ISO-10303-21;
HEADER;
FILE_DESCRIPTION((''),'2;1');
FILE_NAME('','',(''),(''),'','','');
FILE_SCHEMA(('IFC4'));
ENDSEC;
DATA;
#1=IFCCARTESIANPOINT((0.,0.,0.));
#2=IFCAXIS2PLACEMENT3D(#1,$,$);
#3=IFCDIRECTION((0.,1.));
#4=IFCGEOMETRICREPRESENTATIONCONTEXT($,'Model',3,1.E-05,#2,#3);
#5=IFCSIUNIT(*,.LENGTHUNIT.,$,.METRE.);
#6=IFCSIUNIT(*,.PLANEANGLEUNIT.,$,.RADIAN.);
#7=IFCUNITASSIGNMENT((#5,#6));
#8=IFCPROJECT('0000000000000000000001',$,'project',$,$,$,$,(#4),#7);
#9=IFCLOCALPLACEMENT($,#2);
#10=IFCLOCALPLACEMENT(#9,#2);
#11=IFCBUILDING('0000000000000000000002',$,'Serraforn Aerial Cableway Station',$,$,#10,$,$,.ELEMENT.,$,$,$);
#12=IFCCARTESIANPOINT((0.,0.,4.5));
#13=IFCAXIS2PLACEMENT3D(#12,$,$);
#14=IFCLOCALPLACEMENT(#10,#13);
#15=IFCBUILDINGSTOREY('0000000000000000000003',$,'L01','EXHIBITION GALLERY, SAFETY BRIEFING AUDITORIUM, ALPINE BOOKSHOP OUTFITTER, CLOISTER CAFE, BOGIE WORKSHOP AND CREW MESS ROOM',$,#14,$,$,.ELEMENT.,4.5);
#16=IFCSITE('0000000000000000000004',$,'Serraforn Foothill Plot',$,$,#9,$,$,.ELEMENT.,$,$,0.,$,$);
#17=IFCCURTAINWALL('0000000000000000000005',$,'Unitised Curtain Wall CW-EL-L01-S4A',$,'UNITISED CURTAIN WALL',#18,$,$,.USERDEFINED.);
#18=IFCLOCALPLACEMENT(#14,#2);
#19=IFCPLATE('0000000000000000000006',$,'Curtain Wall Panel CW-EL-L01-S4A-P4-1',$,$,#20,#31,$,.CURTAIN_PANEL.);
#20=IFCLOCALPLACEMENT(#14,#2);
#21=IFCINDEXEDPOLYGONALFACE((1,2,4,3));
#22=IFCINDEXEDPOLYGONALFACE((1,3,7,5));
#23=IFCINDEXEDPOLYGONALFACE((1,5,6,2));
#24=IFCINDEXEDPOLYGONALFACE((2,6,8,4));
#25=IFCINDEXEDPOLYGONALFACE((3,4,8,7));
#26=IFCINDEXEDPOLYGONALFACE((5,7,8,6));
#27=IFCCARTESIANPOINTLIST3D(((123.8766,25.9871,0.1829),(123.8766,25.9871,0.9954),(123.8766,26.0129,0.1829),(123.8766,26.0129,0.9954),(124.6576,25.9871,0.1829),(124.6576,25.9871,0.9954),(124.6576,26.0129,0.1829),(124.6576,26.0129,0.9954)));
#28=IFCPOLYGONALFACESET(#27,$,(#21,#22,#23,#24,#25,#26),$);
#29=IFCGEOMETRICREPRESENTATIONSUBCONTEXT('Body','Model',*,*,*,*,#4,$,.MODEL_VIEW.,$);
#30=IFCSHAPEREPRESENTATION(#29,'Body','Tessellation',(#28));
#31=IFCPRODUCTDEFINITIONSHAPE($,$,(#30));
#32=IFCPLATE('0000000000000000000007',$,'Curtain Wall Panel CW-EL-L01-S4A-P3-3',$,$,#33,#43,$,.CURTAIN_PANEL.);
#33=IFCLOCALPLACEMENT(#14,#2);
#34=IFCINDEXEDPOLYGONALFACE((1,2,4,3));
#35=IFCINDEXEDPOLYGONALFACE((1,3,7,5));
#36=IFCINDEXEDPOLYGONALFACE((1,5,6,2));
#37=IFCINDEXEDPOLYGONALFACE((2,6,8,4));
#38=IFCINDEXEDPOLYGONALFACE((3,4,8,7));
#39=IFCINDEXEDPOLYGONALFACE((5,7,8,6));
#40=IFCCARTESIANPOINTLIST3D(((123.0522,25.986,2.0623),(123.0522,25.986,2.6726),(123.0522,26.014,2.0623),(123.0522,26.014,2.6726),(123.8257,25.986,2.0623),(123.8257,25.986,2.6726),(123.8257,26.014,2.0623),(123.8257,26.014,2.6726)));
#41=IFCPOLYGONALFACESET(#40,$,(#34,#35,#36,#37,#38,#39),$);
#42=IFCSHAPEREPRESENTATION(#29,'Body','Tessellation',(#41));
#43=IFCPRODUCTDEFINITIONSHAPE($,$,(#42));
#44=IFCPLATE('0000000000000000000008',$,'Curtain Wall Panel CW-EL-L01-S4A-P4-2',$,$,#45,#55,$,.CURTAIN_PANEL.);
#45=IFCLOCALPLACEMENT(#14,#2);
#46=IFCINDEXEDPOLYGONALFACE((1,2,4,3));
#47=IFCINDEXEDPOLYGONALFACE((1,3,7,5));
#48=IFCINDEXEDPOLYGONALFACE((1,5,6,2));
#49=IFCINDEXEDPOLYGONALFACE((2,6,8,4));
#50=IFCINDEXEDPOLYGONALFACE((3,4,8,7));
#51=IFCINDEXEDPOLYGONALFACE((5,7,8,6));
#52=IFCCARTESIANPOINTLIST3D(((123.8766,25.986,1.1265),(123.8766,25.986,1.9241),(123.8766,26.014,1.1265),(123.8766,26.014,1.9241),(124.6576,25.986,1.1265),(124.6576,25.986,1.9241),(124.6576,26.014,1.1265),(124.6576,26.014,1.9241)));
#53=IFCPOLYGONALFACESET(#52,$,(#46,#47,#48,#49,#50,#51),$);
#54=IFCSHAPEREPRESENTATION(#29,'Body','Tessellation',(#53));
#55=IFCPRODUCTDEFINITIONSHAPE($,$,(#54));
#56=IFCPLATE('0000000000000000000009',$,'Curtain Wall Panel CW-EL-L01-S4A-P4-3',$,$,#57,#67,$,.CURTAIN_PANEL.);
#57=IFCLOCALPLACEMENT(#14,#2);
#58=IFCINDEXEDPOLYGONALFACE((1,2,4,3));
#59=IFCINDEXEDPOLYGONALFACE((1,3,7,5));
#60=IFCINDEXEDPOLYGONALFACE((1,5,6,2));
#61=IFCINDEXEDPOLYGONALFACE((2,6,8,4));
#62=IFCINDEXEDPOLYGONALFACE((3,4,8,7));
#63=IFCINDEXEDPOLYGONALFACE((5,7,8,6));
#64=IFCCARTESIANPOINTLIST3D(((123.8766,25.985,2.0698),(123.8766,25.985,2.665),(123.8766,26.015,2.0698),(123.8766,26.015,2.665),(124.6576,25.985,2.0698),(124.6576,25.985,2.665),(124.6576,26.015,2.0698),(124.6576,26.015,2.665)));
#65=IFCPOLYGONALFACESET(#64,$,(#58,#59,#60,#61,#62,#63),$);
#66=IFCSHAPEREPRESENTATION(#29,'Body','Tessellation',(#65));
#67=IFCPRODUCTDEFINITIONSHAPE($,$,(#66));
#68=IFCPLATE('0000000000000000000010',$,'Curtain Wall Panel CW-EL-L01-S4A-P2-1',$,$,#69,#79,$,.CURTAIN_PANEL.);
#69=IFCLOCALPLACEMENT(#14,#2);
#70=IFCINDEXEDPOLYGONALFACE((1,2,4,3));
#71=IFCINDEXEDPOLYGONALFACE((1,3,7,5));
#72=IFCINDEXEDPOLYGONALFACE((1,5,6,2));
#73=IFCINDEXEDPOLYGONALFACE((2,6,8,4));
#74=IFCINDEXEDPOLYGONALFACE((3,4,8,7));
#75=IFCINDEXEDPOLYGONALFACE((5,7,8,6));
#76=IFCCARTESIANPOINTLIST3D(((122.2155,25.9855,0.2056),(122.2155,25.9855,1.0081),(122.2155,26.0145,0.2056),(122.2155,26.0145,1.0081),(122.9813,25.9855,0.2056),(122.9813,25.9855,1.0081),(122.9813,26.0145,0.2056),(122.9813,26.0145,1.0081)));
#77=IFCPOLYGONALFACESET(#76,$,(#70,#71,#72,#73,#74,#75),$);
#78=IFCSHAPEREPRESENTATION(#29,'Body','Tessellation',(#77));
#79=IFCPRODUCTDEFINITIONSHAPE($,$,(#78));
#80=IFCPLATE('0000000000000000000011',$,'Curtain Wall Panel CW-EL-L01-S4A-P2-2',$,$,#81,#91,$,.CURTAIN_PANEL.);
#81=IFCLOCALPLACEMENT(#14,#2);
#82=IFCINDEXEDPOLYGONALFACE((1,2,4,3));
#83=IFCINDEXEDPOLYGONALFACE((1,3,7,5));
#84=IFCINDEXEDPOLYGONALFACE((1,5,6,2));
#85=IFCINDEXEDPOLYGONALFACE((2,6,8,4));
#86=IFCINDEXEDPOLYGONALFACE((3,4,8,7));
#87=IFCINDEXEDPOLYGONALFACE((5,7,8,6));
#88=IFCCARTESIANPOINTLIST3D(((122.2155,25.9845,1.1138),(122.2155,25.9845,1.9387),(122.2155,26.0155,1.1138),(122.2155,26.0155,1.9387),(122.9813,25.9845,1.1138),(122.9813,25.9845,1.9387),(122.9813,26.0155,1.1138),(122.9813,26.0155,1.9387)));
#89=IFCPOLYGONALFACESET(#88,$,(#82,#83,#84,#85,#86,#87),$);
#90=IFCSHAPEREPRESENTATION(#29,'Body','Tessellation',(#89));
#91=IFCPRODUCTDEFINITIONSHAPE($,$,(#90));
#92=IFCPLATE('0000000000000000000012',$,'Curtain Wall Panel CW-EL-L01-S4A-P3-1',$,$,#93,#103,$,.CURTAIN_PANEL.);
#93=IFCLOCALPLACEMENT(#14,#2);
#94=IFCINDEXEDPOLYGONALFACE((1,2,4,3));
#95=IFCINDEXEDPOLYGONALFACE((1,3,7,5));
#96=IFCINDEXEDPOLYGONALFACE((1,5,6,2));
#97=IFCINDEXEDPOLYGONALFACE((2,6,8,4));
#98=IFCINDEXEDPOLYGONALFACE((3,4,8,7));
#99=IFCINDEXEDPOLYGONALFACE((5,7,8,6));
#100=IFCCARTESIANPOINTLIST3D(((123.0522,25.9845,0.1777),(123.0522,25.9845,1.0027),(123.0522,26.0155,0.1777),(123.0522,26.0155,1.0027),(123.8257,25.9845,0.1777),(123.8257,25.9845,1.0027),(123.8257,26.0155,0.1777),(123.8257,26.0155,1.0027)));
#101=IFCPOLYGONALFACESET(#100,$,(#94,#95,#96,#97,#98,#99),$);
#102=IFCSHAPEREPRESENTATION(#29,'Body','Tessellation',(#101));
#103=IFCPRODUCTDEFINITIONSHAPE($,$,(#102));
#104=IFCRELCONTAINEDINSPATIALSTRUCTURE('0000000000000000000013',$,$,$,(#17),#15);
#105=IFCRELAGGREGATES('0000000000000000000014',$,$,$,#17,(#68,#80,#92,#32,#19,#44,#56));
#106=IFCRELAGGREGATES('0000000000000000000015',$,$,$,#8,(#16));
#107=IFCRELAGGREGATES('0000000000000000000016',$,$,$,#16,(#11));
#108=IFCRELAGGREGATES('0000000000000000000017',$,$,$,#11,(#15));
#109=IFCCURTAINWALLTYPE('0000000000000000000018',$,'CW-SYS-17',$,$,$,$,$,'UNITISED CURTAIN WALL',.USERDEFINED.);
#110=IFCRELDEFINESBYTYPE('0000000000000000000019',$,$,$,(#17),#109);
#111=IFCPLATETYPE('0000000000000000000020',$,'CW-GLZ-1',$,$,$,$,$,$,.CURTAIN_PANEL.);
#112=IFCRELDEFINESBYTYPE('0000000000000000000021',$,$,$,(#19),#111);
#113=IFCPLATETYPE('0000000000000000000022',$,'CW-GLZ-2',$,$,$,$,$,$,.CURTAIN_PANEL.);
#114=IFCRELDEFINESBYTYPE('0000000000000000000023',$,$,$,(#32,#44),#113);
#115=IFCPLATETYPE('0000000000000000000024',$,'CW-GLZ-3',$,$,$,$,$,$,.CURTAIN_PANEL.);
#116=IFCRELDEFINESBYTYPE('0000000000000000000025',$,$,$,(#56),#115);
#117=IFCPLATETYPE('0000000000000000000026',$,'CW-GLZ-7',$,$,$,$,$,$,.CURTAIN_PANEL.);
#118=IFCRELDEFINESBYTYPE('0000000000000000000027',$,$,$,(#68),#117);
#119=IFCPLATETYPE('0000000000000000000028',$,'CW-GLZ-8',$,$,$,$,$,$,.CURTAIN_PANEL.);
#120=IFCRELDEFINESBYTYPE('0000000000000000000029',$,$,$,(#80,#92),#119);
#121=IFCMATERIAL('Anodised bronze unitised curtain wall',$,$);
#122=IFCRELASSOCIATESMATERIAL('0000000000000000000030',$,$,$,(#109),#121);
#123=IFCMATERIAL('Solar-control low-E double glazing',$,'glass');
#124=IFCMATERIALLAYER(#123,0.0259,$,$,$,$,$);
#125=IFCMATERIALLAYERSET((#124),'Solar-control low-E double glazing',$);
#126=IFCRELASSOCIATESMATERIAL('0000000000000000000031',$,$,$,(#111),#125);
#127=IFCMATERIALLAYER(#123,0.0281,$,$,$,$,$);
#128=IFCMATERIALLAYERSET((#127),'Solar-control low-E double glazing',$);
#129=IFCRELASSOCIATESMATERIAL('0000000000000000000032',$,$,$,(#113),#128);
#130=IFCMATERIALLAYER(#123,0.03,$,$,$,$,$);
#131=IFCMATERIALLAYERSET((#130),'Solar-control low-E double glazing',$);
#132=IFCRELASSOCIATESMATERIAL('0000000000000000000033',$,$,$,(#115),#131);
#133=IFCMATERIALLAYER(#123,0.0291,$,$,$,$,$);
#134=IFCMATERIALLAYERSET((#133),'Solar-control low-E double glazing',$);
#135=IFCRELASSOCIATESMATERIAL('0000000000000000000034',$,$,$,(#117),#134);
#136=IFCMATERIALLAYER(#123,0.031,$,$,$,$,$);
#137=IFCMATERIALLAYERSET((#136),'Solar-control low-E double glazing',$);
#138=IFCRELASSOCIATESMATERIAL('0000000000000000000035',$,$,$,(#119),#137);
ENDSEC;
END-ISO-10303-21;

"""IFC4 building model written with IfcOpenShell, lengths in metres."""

from ifc_helpers import new_model, si_unit, direction, frame, origin, origin_2d, place, context, subcontext, project, spatial, rectangle, extrude, material, layer, layer_set, type_object, element, aggregate, save


model = new_model("IFC4")

# Units and contexts
model_context = context("Model", 3, precision=1e-05, world=origin(), true_north=direction((0.0, 1.0)))
body_context = subcontext(model_context, "Body", "Model", "MODEL_VIEW")
ifc_project = project(units=[si_unit("LENGTHUNIT", "METRE"), si_unit("PLANEANGLEUNIT", "RADIAN")], contexts=[model_context])

# Site, building, storey
site_placement = place(None, origin())
site = spatial("IfcSite", under=ifc_project, at=site_placement, Name="Serraforn Foothill Plot", CompositionType="ELEMENT", RefElevation=0.0)
building_placement = place(site_placement, origin())
building = spatial("IfcBuilding", under=site, at=building_placement, Name="Serraforn Aerial Cableway Station", CompositionType="ELEMENT")
storey_placement = place(building_placement, frame((0.0, 0.0, 4.5)))
storey = spatial("IfcBuildingStorey", under=building, at=storey_placement, Name="L01", Description="EXHIBITION GALLERY, SAFETY BRIEFING AUDITORIUM, ALPINE BOOKSHOP OUTFITTER, CLOISTER CAFE, BOGIE WORKSHOP AND CREW MESS ROOM", CompositionType="ELEMENT", Elevation=4.5)

# Curtain wall, plates
ifc_material_1 = material(Name="Anodised bronze unitised curtain wall")
curtain_wall_type = type_object("IfcCurtainWallType", Name="CW-SYS-17", ElementType="UNITISED CURTAIN WALL", PredefinedType="USERDEFINED", material=ifc_material_1)
curtain_wall_placement = place(storey_placement, origin())
curtain_wall = element("IfcCurtainWall", 1, at=curtain_wall_placement, inside=storey, type_object=curtain_wall_type, Name="Unitised Curtain Wall CW-EL-L01-S4A", ObjectType="UNITISED CURTAIN WALL", PredefinedType="USERDEFINED")
ifc_material_2 = material(Name="Solar-control low-E double glazing", Category="glass")
ifc_layer_1 = layer(ifc_material_2, 0.0259)
ifc_layer_set_1 = layer_set([ifc_layer_1], Name="Solar-control low-E double glazing")
plate_type_1 = type_object("IfcPlateType", Name="CW-GLZ-1", PredefinedType="CURTAIN_PANEL", material=ifc_layer_set_1)
plate_1_placement = place(storey_placement, frame((124.2671, 26.0, 0.1829), z_axis=(0.0, 0.0, 1.0), x_axis=(1.0, 0.0, 0.0)))
plate_1 = element("IfcPlate", 2, at=plate_1_placement, type_object=plate_type_1, Name="Curtain Wall Panel CW-EL-L01-S4A-P4-1", PredefinedType="CURTAIN_PANEL", context=body_context, shape_type="SweptSolid", body=[
    extrude(rectangle(XDim=0.781, YDim=0.0259, at=origin_2d()), origin(), (0.0, 0.0, 1.0), 0.8125),
])
ifc_layer_2 = layer(ifc_material_2, 0.0281)
ifc_layer_set_2 = layer_set([ifc_layer_2], Name="Solar-control low-E double glazing")
plate_type_2 = type_object("IfcPlateType", Name="CW-GLZ-2", PredefinedType="CURTAIN_PANEL", material=ifc_layer_set_2)
plate_2_placement = place(storey_placement, frame((123.439, 26.0, 2.0623), z_axis=(0.0, 0.0, 1.0), x_axis=(1.0, 0.0, 0.0)))
plate_2 = element("IfcPlate", 3, at=plate_2_placement, type_object=plate_type_2, Name="Curtain Wall Panel CW-EL-L01-S4A-P3-3", PredefinedType="CURTAIN_PANEL", context=body_context, shape_type="SweptSolid", body=[
    extrude(rectangle(XDim=0.7734, YDim=0.0281, at=origin_2d()), origin(), (0.0, 0.0, 1.0), 0.6104),
])
plate_3_placement = place(storey_placement, frame((124.2671, 26.0, 1.1265), z_axis=(0.0, 0.0, 1.0), x_axis=(1.0, 0.0, 0.0)))
plate_3 = element("IfcPlate", 4, at=plate_3_placement, type_object=plate_type_2, Name="Curtain Wall Panel CW-EL-L01-S4A-P4-2", PredefinedType="CURTAIN_PANEL", context=body_context, shape_type="SweptSolid", body=[
    extrude(rectangle(XDim=0.781, YDim=0.0281, at=origin_2d()), origin(), (0.0, 0.0, 1.0), 0.7976),
])
ifc_layer_3 = layer(ifc_material_2, 0.03)
ifc_layer_set_3 = layer_set([ifc_layer_3], Name="Solar-control low-E double glazing")
plate_type_3 = type_object("IfcPlateType", Name="CW-GLZ-3", PredefinedType="CURTAIN_PANEL", material=ifc_layer_set_3)
plate_4_placement = place(storey_placement, frame((124.2671, 26.0, 2.0698), z_axis=(0.0, 0.0, 1.0), x_axis=(1.0, 0.0, 0.0)))
plate_4 = element("IfcPlate", 5, at=plate_4_placement, type_object=plate_type_3, Name="Curtain Wall Panel CW-EL-L01-S4A-P4-3", PredefinedType="CURTAIN_PANEL", context=body_context, shape_type="SweptSolid", body=[
    extrude(rectangle(XDim=0.781, YDim=0.03, at=origin_2d()), origin(), (0.0, 0.0, 1.0), 0.5952),
])
ifc_layer_4 = layer(ifc_material_2, 0.0291)
ifc_layer_set_4 = layer_set([ifc_layer_4], Name="Solar-control low-E double glazing")
plate_type_4 = type_object("IfcPlateType", Name="CW-GLZ-7", PredefinedType="CURTAIN_PANEL", material=ifc_layer_set_4)
plate_5_placement = place(storey_placement, frame((122.5984, 26.0, 0.2056), z_axis=(0.0, 0.0, 1.0), x_axis=(1.0, 0.0, 0.0)))
plate_5 = element("IfcPlate", 6, at=plate_5_placement, type_object=plate_type_4, Name="Curtain Wall Panel CW-EL-L01-S4A-P2-1", PredefinedType="CURTAIN_PANEL", context=body_context, shape_type="SweptSolid", body=[
    extrude(rectangle(XDim=0.7659, YDim=0.0291, at=origin_2d()), origin(), (0.0, 0.0, 1.0), 0.8025),
])
ifc_layer_5 = layer(ifc_material_2, 0.031)
ifc_layer_set_5 = layer_set([ifc_layer_5], Name="Solar-control low-E double glazing")
plate_type_5 = type_object("IfcPlateType", Name="CW-GLZ-8", PredefinedType="CURTAIN_PANEL", material=ifc_layer_set_5)
plate_6_placement = place(storey_placement, frame((122.5984, 26.0, 1.1138), z_axis=(0.0, 0.0, 1.0), x_axis=(1.0, 0.0, 0.0)))
plate_6 = element("IfcPlate", 7, at=plate_6_placement, type_object=plate_type_5, Name="Curtain Wall Panel CW-EL-L01-S4A-P2-2", PredefinedType="CURTAIN_PANEL", context=body_context, shape_type="SweptSolid", body=[
    extrude(rectangle(XDim=0.7659, YDim=0.031, at=origin_2d()), origin(), (0.0, 0.0, 1.0), 0.825),
])
plate_7_placement = place(storey_placement, frame((123.439, 26.0, 0.1777), z_axis=(0.0, 0.0, 1.0), x_axis=(1.0, 0.0, 0.0)))
plate_7 = element("IfcPlate", 8, at=plate_7_placement, type_object=plate_type_5, Name="Curtain Wall Panel CW-EL-L01-S4A-P3-1", PredefinedType="CURTAIN_PANEL", context=body_context, shape_type="SweptSolid", body=[
    extrude(rectangle(XDim=0.7734, YDim=0.031, at=origin_2d()), origin(), (0.0, 0.0, 1.0), 0.825),
])
aggregate(curtain_wall, [plate_5, plate_6, plate_7, plate_2, plate_1, plate_3, plate_4])

save(model, "model.ifc")
